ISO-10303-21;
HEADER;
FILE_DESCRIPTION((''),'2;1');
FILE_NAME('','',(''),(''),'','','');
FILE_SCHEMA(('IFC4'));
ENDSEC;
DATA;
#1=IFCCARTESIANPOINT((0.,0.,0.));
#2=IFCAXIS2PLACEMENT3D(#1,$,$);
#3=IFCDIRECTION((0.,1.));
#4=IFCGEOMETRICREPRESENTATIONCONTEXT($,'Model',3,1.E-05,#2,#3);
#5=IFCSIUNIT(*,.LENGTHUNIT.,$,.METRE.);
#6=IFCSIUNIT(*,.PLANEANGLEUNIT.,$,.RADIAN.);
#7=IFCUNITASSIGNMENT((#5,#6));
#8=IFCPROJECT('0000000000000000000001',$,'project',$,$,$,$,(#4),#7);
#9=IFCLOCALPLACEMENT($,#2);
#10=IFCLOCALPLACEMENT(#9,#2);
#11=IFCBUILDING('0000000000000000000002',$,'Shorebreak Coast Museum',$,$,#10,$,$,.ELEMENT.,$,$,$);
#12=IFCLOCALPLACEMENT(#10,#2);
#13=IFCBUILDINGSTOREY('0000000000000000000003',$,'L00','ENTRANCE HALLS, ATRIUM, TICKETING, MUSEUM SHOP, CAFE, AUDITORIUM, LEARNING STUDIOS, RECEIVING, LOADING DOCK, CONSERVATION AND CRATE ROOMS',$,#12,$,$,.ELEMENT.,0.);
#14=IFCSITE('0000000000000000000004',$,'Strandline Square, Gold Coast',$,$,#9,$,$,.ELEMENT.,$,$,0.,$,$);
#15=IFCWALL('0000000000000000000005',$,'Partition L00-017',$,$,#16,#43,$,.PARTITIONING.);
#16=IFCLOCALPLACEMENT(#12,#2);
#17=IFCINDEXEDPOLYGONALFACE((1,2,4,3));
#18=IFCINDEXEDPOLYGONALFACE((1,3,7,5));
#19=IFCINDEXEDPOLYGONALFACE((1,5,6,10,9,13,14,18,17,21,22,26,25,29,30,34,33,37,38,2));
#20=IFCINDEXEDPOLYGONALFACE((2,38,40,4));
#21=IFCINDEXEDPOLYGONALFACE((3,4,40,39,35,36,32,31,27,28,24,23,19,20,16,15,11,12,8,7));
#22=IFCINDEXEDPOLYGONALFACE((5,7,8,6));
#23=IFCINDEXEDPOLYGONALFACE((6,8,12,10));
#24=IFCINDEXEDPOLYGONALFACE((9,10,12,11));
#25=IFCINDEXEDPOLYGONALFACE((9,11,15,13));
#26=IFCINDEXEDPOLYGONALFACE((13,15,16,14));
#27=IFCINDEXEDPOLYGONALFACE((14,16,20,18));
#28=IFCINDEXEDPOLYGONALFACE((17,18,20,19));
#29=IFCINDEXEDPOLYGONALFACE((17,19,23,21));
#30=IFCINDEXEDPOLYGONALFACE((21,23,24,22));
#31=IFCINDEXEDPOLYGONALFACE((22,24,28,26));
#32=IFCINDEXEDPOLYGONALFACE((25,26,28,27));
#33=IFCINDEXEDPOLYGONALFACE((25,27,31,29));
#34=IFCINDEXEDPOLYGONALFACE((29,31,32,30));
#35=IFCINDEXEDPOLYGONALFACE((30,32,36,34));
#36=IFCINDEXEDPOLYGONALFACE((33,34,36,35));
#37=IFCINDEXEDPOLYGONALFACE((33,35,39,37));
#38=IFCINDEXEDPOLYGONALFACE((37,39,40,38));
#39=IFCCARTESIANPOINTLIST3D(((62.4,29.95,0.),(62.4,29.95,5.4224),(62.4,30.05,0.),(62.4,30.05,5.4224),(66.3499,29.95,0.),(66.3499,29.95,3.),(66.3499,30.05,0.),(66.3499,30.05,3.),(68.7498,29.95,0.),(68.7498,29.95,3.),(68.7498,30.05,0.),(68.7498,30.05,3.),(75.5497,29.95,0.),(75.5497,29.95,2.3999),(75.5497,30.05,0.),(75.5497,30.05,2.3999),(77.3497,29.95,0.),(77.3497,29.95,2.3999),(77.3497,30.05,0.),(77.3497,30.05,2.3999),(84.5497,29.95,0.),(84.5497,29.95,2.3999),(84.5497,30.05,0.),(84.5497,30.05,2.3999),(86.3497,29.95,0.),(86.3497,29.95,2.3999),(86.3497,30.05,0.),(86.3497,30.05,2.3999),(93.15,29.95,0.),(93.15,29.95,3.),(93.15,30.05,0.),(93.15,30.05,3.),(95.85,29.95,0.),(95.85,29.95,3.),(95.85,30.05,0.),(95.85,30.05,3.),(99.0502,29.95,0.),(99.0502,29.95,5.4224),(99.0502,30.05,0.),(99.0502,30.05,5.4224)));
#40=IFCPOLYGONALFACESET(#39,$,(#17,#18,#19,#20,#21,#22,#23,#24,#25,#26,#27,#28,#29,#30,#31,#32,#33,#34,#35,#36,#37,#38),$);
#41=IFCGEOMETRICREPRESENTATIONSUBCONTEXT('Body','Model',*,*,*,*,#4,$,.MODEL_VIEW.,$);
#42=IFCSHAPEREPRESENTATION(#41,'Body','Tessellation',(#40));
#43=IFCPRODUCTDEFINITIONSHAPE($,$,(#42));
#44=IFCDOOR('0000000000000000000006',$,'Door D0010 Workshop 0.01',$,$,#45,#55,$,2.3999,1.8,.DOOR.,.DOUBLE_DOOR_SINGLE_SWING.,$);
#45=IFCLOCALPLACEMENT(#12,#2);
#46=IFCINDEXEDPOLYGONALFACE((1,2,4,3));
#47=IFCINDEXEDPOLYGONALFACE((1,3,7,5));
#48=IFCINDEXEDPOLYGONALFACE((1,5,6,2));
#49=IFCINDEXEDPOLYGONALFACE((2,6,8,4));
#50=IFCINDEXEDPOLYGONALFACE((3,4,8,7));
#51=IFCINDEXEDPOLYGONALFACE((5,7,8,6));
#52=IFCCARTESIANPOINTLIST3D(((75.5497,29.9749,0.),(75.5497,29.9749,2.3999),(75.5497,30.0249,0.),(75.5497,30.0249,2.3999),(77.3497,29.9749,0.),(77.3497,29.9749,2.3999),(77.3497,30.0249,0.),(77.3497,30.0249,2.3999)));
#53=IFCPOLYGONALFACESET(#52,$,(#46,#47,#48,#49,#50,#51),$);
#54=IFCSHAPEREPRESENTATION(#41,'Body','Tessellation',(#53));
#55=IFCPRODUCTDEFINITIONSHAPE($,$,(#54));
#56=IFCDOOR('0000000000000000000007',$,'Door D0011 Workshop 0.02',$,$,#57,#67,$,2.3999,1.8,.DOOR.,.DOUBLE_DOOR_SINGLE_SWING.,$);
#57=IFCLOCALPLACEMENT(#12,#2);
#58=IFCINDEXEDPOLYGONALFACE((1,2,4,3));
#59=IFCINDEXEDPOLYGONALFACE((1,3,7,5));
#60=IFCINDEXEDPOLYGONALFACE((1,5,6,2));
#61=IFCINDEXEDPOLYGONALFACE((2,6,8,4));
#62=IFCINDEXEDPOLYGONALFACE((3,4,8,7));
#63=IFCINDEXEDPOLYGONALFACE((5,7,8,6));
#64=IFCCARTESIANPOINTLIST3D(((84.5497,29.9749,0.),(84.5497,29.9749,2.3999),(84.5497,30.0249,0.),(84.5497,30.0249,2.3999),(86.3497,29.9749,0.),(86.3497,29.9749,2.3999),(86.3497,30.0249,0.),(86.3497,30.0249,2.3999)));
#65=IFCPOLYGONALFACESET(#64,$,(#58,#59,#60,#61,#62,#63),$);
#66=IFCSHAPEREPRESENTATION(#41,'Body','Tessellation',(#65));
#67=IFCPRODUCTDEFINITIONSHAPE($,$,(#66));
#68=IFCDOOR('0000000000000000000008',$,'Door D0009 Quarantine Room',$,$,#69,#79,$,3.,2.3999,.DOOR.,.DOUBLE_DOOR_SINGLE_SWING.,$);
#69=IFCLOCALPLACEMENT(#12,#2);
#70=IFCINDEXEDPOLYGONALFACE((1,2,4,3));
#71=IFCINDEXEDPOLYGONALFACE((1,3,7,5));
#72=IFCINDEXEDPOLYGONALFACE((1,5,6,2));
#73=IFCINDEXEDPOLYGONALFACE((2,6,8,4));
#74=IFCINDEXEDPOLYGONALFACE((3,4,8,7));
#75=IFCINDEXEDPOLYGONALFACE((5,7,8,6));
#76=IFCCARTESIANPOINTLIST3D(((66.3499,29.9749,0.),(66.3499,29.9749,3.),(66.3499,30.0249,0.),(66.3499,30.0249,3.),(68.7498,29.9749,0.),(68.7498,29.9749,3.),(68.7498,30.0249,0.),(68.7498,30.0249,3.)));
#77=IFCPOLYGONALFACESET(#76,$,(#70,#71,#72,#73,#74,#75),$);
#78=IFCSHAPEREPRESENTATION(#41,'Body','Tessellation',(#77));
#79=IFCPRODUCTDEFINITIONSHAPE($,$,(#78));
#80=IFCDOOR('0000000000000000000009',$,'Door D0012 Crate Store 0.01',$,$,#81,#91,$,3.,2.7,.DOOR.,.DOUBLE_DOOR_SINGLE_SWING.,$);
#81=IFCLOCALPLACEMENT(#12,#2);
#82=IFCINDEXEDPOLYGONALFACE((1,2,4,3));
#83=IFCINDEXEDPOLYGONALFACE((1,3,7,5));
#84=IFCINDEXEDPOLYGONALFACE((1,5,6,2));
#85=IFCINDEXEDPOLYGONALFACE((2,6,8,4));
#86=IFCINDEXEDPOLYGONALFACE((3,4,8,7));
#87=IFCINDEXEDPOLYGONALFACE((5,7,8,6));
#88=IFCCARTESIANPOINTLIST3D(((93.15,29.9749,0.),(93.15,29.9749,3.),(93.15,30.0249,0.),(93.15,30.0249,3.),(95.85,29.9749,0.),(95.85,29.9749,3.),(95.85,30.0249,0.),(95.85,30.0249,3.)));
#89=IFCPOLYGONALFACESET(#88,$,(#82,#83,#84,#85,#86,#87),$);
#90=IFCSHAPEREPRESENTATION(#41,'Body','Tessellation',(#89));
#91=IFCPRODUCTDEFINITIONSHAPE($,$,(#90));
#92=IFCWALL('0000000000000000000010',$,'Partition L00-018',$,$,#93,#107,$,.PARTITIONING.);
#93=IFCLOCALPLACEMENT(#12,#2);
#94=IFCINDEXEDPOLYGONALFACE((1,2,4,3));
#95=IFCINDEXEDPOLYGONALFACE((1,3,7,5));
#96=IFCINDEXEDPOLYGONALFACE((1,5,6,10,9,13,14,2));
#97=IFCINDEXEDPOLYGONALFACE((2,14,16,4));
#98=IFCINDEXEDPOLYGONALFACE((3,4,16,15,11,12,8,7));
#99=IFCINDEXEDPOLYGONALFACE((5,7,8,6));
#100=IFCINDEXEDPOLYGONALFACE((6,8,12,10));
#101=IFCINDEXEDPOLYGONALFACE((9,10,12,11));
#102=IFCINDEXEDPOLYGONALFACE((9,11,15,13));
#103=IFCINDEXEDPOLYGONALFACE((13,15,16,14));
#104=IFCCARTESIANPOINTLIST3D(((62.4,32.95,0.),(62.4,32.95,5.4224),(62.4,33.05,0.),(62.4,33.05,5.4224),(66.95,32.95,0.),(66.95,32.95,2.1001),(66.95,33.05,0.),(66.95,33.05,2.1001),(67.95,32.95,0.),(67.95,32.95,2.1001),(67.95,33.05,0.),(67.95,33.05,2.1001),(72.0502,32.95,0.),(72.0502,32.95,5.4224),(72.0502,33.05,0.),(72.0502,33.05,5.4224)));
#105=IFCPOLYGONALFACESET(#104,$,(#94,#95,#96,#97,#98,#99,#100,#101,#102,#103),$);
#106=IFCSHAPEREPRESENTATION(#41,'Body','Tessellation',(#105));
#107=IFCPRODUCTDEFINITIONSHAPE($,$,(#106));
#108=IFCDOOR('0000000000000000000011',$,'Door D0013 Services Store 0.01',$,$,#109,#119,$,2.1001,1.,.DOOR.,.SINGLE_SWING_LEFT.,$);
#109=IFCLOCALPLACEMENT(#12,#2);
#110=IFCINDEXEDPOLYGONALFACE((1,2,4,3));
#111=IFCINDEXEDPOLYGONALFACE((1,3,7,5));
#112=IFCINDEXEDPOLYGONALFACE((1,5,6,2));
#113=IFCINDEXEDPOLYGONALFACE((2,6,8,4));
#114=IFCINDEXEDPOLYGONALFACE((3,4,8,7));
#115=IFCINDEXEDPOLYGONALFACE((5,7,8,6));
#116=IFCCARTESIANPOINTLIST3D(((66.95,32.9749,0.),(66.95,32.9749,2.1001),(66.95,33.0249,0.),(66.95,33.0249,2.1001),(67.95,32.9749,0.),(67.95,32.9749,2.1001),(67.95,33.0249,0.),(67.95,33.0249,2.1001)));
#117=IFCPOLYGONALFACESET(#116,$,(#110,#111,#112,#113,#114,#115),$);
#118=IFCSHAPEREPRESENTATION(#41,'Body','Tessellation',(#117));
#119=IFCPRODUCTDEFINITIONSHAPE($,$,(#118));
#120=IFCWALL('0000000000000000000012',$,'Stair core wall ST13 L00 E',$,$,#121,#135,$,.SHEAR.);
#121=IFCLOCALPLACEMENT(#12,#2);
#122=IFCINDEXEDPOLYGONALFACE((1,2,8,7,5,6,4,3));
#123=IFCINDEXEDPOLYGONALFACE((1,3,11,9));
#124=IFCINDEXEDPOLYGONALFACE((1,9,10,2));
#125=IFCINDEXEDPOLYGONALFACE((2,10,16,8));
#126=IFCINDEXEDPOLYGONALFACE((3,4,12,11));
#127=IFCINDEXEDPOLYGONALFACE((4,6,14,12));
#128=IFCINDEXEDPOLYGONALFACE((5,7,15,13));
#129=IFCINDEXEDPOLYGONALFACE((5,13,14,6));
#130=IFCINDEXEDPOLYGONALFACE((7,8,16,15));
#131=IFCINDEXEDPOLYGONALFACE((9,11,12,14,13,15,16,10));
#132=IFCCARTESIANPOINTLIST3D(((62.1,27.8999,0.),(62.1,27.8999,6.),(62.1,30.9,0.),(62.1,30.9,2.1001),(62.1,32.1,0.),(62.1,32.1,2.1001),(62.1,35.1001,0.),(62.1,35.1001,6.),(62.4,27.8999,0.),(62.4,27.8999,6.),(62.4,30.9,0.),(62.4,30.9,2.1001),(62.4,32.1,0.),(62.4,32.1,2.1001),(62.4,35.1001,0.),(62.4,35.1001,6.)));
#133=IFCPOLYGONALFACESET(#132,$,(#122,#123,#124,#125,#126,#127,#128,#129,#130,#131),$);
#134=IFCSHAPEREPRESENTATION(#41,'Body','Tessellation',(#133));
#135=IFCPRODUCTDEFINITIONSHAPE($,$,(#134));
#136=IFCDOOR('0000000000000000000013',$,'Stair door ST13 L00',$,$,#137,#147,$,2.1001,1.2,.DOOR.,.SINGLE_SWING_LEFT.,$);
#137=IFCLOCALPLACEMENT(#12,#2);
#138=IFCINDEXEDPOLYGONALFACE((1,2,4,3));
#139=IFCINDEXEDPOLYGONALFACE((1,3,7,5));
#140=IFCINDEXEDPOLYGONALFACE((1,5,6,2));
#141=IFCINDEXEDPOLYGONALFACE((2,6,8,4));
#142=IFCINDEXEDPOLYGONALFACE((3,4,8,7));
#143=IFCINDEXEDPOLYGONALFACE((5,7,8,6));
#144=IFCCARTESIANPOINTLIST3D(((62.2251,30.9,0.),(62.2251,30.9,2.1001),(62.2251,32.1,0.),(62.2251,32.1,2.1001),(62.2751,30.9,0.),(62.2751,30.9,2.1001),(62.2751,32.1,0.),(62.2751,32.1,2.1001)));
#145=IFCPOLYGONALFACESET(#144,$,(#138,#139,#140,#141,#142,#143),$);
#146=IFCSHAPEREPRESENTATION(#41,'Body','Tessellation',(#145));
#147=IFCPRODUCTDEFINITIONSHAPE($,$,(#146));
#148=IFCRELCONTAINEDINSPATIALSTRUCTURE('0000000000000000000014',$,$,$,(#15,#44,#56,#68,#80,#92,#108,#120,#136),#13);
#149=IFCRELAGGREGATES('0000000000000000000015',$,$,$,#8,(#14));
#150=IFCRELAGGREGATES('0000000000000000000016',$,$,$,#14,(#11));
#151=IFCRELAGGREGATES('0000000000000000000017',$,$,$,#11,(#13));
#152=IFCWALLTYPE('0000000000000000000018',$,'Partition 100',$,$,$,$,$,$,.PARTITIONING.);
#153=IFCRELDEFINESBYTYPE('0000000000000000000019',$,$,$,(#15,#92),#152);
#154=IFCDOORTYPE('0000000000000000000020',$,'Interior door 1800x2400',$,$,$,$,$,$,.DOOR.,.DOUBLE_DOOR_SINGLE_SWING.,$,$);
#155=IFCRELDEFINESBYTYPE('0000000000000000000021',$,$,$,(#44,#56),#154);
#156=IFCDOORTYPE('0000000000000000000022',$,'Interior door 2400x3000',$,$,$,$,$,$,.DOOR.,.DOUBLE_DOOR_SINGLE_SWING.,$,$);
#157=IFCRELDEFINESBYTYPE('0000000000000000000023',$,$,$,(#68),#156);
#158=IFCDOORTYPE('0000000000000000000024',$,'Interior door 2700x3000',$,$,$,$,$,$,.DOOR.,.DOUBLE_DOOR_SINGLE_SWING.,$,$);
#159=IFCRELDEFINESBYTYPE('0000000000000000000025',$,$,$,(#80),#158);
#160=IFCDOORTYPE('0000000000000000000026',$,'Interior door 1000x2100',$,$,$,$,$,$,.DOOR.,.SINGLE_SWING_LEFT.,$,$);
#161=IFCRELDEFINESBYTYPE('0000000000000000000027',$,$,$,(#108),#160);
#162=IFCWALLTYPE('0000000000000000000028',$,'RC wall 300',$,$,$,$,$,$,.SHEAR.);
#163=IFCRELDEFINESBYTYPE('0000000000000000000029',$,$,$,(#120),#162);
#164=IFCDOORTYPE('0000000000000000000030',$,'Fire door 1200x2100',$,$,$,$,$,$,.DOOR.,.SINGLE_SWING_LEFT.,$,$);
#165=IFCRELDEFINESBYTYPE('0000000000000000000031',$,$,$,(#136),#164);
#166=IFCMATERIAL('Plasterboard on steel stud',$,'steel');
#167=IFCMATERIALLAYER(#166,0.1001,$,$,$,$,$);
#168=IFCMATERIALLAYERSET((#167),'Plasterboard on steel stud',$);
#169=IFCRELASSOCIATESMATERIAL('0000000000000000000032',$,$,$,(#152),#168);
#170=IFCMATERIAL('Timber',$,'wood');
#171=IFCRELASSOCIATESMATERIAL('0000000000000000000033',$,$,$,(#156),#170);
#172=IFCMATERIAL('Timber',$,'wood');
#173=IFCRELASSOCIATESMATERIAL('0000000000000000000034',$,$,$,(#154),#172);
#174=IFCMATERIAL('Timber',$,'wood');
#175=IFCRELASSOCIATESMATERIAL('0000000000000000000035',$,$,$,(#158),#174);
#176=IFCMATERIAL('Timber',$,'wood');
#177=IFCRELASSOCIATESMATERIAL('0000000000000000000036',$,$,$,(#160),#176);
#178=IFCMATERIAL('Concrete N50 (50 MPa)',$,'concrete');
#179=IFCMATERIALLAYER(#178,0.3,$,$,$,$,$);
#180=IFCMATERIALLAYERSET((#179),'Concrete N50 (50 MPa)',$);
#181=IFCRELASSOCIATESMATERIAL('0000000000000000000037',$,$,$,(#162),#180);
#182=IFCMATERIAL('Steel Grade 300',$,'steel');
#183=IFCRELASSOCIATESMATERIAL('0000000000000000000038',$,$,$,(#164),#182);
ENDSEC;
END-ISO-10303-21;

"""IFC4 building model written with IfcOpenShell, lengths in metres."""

from ifc_helpers import new_model, si_unit, direction, frame, frame_2d, origin, place, context, subcontext, project, spatial, rectangle, extrude, material, layer, layer_set, type_object, element, fill, save


model = new_model("IFC4")

# Units and contexts
model_context = context("Model", 3, precision=1e-05, world=origin(), true_north=direction((0.0, 1.0)))
body_context = subcontext(model_context, "Body", "Model", "MODEL_VIEW")
ifc_project = project(units=[si_unit("LENGTHUNIT", "METRE"), si_unit("PLANEANGLEUNIT", "RADIAN")], contexts=[model_context])

# Site, building, storey
site_placement = place(None, origin())
site = spatial("IfcSite", under=ifc_project, at=site_placement, Name="Strandline Square, Gold Coast", CompositionType="ELEMENT", RefElevation=0.0)
building_placement = place(site_placement, origin())
building = spatial("IfcBuilding", under=site, at=building_placement, Name="Shorebreak Coast Museum", CompositionType="ELEMENT")
storey_placement = place(building_placement, origin())
storey = spatial("IfcBuildingStorey", under=building, at=storey_placement, Name="L00", Description="ENTRANCE HALLS, ATRIUM, TICKETING, MUSEUM SHOP, CAFE, AUDITORIUM, LEARNING STUDIOS, RECEIVING, LOADING DOCK, CONSERVATION AND CRATE ROOMS", CompositionType="ELEMENT", Elevation=0.0)

# Shared definitions
ifc_material_1 = material(Name="Plasterboard on steel stud", Category="steel")
ifc_layer_1 = layer(ifc_material_1, 0.1001)
ifc_layer_set_1 = layer_set([ifc_layer_1], Name="Plasterboard on steel stud")
wall_type_1 = type_object("IfcWallType", Name="Partition 100", PredefinedType="PARTITIONING", material=ifc_layer_set_1)
ifc_material_2 = material(Name="Timber", Category="wood")
door_type_1 = type_object("IfcDoorType", Name="Interior door 2400x3000", OperationType="DOUBLE_DOOR_SINGLE_SWING", PredefinedType="DOOR", material=ifc_material_2)

# Wall, openings, doors
wall_1_placement = place(storey_placement, frame((62.3999, 30.0, 0.0), z_axis=(0.0, 0.0, 1.0), x_axis=(1.0, 0.0, 0.0)))
wall_1 = element("IfcWall", 1, at=wall_1_placement, inside=storey, type_object=wall_type_1, Name="Partition L00-017", PredefinedType="PARTITIONING", context=body_context, shape_type="SweptSolid", body=[
    extrude(rectangle(XDim=36.6501, YDim=0.1001, at=frame_2d((18.3252, 0.0))), origin(), (0.0, 0.0, 1.0), 5.4224),
])
opening_1_placement = place(wall_1_placement, frame((3.95, 0.0, 0.0)))
opening_1 = element("IfcOpeningElement", 2, at=opening_1_placement, cuts=wall_1, PredefinedType="OPENING", context=body_context, shape_type="SweptSolid", body=[
    extrude(rectangle(XDim=2.3999, YDim=3.0, at=frame_2d((1.2, 1.5))), frame((0.0, 0.0601, 0.0), z_axis=(0.0, -1.0, 0.0), x_axis=(1.0, 0.0, 0.0)), (0.0, 0.0, 1.0), 0.1201),
])
opening_2_placement = place(wall_1_placement, frame((13.1499, 0.0, 0.0)))
opening_2 = element("IfcOpeningElement", 3, at=opening_2_placement, cuts=wall_1, PredefinedType="OPENING", context=body_context, shape_type="SweptSolid", body=[
    extrude(rectangle(XDim=1.8, YDim=2.3999, at=frame_2d((0.8999, 1.2))), frame((0.0, 0.0601, 0.0), z_axis=(0.0, -1.0, 0.0), x_axis=(1.0, 0.0, 0.0)), (0.0, 0.0, 1.0), 0.1201),
])
opening_3_placement = place(wall_1_placement, frame((22.1499, 0.0, 0.0)))
opening_3 = element("IfcOpeningElement", 4, at=opening_3_placement, cuts=wall_1, PredefinedType="OPENING", context=body_context, shape_type="SweptSolid", body=[
    extrude(rectangle(XDim=1.8, YDim=2.3999, at=frame_2d((0.8999, 1.2))), frame((0.0, 0.0601, 0.0), z_axis=(0.0, -1.0, 0.0), x_axis=(1.0, 0.0, 0.0)), (0.0, 0.0, 1.0), 0.1201),
])
opening_4_placement = place(wall_1_placement, frame((30.75, 0.0, 0.0)))
opening_4 = element("IfcOpeningElement", 5, at=opening_4_placement, cuts=wall_1, PredefinedType="OPENING", context=body_context, shape_type="SweptSolid", body=[
    extrude(rectangle(XDim=2.7, YDim=3.0, at=frame_2d((1.3501, 1.5))), frame((0.0, 0.0601, 0.0), z_axis=(0.0, -1.0, 0.0), x_axis=(1.0, 0.0, 0.0)), (0.0, 0.0, 1.0), 0.1201),
])
ifc_material_3 = material(Name="Timber", Category="wood")
door_type_2 = type_object("IfcDoorType", Name="Interior door 1800x2400", OperationType="DOUBLE_DOOR_SINGLE_SWING", PredefinedType="DOOR", material=ifc_material_3)
door_1_placement = place(opening_2_placement, origin())
door_1 = element("IfcDoor", 6, at=door_1_placement, inside=storey, type_object=door_type_2, Name="Door D0010 Workshop 0.01", OperationType="DOUBLE_DOOR_SINGLE_SWING", OverallHeight=2.3999, OverallWidth=1.8, PredefinedType="DOOR", context=body_context, shape_type="SweptSolid", body=[
    extrude(rectangle(XDim=1.8, YDim=2.3999, at=frame_2d((0.8999, 1.2))), frame((0.0, 0.0249, 0.0), z_axis=(0.0, -1.0, 0.0), x_axis=(1.0, 0.0, 0.0)), (0.0, 0.0, 1.0), 0.05),
])
fill(opening_2, door_1)
door_2_placement = place(opening_3_placement, origin())
door_2 = element("IfcDoor", 7, at=door_2_placement, inside=storey, type_object=door_type_2, Name="Door D0011 Workshop 0.02", OperationType="DOUBLE_DOOR_SINGLE_SWING", OverallHeight=2.3999, OverallWidth=1.8, PredefinedType="DOOR", context=body_context, shape_type="SweptSolid", body=[
    extrude(rectangle(XDim=1.8, YDim=2.3999, at=frame_2d((0.8999, 1.2))), frame((0.0, 0.0249, 0.0), z_axis=(0.0, -1.0, 0.0), x_axis=(1.0, 0.0, 0.0)), (0.0, 0.0, 1.0), 0.05),
])
fill(opening_3, door_2)
door_3_placement = place(opening_1_placement, origin())
door_3 = element("IfcDoor", 8, at=door_3_placement, inside=storey, type_object=door_type_1, Name="Door D0009 Quarantine Room", OperationType="DOUBLE_DOOR_SINGLE_SWING", OverallHeight=3.0, OverallWidth=2.3999, PredefinedType="DOOR", context=body_context, shape_type="SweptSolid", body=[
    extrude(rectangle(XDim=2.3999, YDim=3.0, at=frame_2d((1.2, 1.5))), frame((0.0, 0.0249, 0.0), z_axis=(0.0, -1.0, 0.0), x_axis=(1.0, 0.0, 0.0)), (0.0, 0.0, 1.0), 0.05),
])
fill(opening_1, door_3)
ifc_material_4 = material(Name="Timber", Category="wood")
door_type_3 = type_object("IfcDoorType", Name="Interior door 2700x3000", OperationType="DOUBLE_DOOR_SINGLE_SWING", PredefinedType="DOOR", material=ifc_material_4)
door_4_placement = place(opening_4_placement, origin())
door_4 = element("IfcDoor", 9, at=door_4_placement, inside=storey, type_object=door_type_3, Name="Door D0012 Crate Store 0.01", OperationType="DOUBLE_DOOR_SINGLE_SWING", OverallHeight=3.0, OverallWidth=2.7, PredefinedType="DOOR", context=body_context, shape_type="SweptSolid", body=[
    extrude(rectangle(XDim=2.7, YDim=3.0, at=frame_2d((1.3501, 1.5))), frame((0.0, 0.0249, 0.0), z_axis=(0.0, -1.0, 0.0), x_axis=(1.0, 0.0, 0.0)), (0.0, 0.0, 1.0), 0.05),
])
fill(opening_4, door_4)

# Walls, openings, doors
wall_2_placement = place(storey_placement, frame((62.3999, 33.0, 0.0), z_axis=(0.0, 0.0, 1.0), x_axis=(1.0, 0.0, 0.0)))
wall_2 = element("IfcWall", 10, at=wall_2_placement, inside=storey, type_object=wall_type_1, Name="Partition L00-018", PredefinedType="PARTITIONING", context=body_context, shape_type="SweptSolid", body=[
    extrude(rectangle(XDim=9.6501, YDim=0.1001, at=frame_2d((4.8252, 0.0))), origin(), (0.0, 0.0, 1.0), 5.4224),
])
opening_5_placement = place(wall_2_placement, frame((4.55, 0.0, 0.0)))
opening_5 = element("IfcOpeningElement", 11, at=opening_5_placement, cuts=wall_2, PredefinedType="OPENING", context=body_context, shape_type="SweptSolid", body=[
    extrude(rectangle(XDim=1.0, YDim=2.1001, at=frame_2d((0.5, 1.05))), frame((0.0, 0.0601, 0.0), z_axis=(0.0, -1.0, 0.0), x_axis=(1.0, 0.0, 0.0)), (0.0, 0.0, 1.0), 0.1201),
])
ifc_material_5 = material(Name="Timber", Category="wood")
door_type_4 = type_object("IfcDoorType", Name="Interior door 1000x2100", OperationType="SINGLE_SWING_LEFT", PredefinedType="DOOR", material=ifc_material_5)
door_5_placement = place(opening_5_placement, origin())
door_5 = element("IfcDoor", 12, at=door_5_placement, inside=storey, type_object=door_type_4, Name="Door D0013 Services Store 0.01", OperationType="SINGLE_SWING_LEFT", OverallHeight=2.1001, OverallWidth=1.0, PredefinedType="DOOR", context=body_context, shape_type="SweptSolid", body=[
    extrude(rectangle(XDim=1.0, YDim=2.1001, at=frame_2d((0.5, 1.05))), frame((0.0, 0.0249, 0.0), z_axis=(0.0, -1.0, 0.0), x_axis=(1.0, 0.0, 0.0)), (0.0, 0.0, 1.0), 0.05),
])
fill(opening_5, door_5)
ifc_material_6 = material(Name="Concrete N50 (50 MPa)", Category="concrete")
ifc_layer_2 = layer(ifc_material_6, 0.3)
ifc_layer_set_2 = layer_set([ifc_layer_2], Name="Concrete N50 (50 MPa)")
wall_type_2 = type_object("IfcWallType", Name="RC wall 300", PredefinedType="SHEAR", material=ifc_layer_set_2)
wall_3_placement = place(storey_placement, frame((62.25, 27.8999, 0.0), z_axis=(0.0, 0.0, 1.0), x_axis=(0.0, 1.0, 0.0)))
wall_3 = element("IfcWall", 13, at=wall_3_placement, inside=storey, type_object=wall_type_2, Name="Stair core wall ST13 L00 E", PredefinedType="SHEAR", context=body_context, shape_type="SweptSolid", body=[
    extrude(rectangle(XDim=7.2002, YDim=0.3, at=frame_2d((3.6001, 0.0))), origin(), (0.0, 0.0, 1.0), 6.0),
])
opening_6_placement = place(wall_3_placement, frame((3.0, 0.0, 0.0)))
opening_6 = element("IfcOpeningElement", 14, at=opening_6_placement, cuts=wall_3, PredefinedType="OPENING", context=body_context, shape_type="SweptSolid", body=[
    extrude(rectangle(XDim=1.2, YDim=2.1001, at=frame_2d((0.6001, 1.05))), frame((0.0, 0.1599, 0.0), z_axis=(0.0, -1.0, 0.0), x_axis=(1.0, 0.0, 0.0)), (0.0, 0.0, 1.0), 0.3201),
])
ifc_material_7 = material(Name="Steel Grade 300", Category="steel")
door_type_5 = type_object("IfcDoorType", Name="Fire door 1200x2100", OperationType="SINGLE_SWING_LEFT", PredefinedType="DOOR", material=ifc_material_7)
door_6_placement = place(opening_6_placement, origin())
door_6 = element("IfcDoor", 15, at=door_6_placement, inside=storey, type_object=door_type_5, Name="Stair door ST13 L00", OperationType="SINGLE_SWING_LEFT", OverallHeight=2.1001, OverallWidth=1.2, PredefinedType="DOOR", context=body_context, shape_type="SweptSolid", body=[
    extrude(rectangle(XDim=1.2, YDim=2.1001, at=frame_2d((0.6001, 1.05))), frame((0.0, 0.0249, 0.0), z_axis=(0.0, -1.0, 0.0), x_axis=(1.0, 0.0, 0.0)), (0.0, 0.0, 1.0), 0.05),
])
fill(opening_6, door_6)

save(model, "model.ifc")
